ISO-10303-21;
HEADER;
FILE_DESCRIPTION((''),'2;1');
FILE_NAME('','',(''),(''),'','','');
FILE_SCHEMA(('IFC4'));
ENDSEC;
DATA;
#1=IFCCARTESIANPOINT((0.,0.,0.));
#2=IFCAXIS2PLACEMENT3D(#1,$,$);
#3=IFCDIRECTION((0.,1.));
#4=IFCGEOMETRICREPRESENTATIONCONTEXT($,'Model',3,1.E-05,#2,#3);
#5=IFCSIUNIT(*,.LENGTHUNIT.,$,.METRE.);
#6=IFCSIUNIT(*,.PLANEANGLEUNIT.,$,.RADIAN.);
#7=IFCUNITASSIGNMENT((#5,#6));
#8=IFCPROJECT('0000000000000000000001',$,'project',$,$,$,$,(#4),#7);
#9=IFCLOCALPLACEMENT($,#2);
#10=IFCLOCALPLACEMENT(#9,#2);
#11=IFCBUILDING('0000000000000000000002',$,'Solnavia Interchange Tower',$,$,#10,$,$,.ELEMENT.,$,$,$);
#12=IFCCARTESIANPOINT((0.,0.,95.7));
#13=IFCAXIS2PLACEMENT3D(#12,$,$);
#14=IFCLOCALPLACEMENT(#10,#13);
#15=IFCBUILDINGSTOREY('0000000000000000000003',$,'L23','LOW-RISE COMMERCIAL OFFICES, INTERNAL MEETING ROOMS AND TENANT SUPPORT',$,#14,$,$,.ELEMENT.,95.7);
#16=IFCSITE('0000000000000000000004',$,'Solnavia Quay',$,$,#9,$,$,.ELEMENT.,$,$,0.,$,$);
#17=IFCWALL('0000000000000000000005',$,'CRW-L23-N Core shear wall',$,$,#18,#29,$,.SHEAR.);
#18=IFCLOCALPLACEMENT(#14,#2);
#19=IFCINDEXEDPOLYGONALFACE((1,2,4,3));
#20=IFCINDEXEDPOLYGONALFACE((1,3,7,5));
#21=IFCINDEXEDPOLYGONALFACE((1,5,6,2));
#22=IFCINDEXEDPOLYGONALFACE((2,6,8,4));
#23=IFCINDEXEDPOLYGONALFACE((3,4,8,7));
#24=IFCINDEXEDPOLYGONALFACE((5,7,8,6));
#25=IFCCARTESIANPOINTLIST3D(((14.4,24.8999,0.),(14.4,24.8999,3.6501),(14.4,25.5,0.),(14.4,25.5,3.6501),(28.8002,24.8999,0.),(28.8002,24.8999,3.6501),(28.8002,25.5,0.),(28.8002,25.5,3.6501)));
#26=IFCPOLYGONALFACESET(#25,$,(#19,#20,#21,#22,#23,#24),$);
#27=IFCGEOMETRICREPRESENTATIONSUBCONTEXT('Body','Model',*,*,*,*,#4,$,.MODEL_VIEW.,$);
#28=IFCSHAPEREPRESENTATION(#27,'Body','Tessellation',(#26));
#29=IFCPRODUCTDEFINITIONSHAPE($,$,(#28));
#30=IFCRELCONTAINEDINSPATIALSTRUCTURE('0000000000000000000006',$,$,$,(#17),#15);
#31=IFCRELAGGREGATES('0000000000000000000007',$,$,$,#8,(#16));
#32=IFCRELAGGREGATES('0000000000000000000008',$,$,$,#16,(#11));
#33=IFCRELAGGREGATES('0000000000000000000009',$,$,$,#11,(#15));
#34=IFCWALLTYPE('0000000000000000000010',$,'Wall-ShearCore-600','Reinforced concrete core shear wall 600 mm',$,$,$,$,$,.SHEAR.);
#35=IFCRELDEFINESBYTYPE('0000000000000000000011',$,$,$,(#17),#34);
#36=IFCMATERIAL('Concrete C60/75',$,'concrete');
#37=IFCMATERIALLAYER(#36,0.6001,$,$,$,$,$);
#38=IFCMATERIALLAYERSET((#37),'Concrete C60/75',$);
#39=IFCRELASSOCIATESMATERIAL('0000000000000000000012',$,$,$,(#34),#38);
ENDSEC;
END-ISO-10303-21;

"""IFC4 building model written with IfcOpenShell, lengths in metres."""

from ifc_helpers import new_model, si_unit, direction, frame, frame_2d, origin, place, context, subcontext, project, spatial, rectangle, extrude, material, layer, layer_set, type_object, element, save


model = new_model("IFC4")

# Units and contexts
model_context = context("Model", 3, precision=1e-05, world=origin(), true_north=direction((0.0, 1.0)))
body_context = subcontext(model_context, "Body", "Model", "MODEL_VIEW")
ifc_project = project(units=[si_unit("LENGTHUNIT", "METRE"), si_unit("PLANEANGLEUNIT", "RADIAN")], contexts=[model_context])

# Site, building, storey
site_placement = place(None, origin())
site = spatial("IfcSite", under=ifc_project, at=site_placement, Name="Solnavia Quay", CompositionType="ELEMENT", RefElevation=0.0)
building_placement = place(site_placement, origin())
building = spatial("IfcBuilding", under=site, at=building_placement, Name="Solnavia Interchange Tower", CompositionType="ELEMENT")
storey_placement = place(building_placement, frame((0.0, 0.0, 95.7)))
storey = spatial("IfcBuildingStorey", under=building, at=storey_placement, Name="L23", Description="LOW-RISE COMMERCIAL OFFICES, INTERNAL MEETING ROOMS AND TENANT SUPPORT", CompositionType="ELEMENT", Elevation=95.7)

# Wall
ifc_material_1 = material(Name="Concrete C60/75", Category="concrete")
ifc_layer_1 = layer(ifc_material_1, 0.6001)
ifc_layer_set_1 = layer_set([ifc_layer_1], Name="Concrete C60/75")
wall_type_1 = type_object("IfcWallType", Name="Wall-ShearCore-600", Description="Reinforced concrete core shear wall 600 mm", PredefinedType="SHEAR", material=ifc_layer_set_1)
wall_1_placement = place(storey_placement, frame((14.3999, 25.2, 0.0), z_axis=(0.0, 0.0, 1.0), x_axis=(1.0, 0.0, 0.0)))
element("IfcWall", 1, at=wall_1_placement, inside=storey, type_object=wall_type_1, Name="CRW-L23-N Core shear wall", PredefinedType="SHEAR", context=body_context, shape_type="SweptSolid", body=[
    extrude(rectangle(XDim=14.4001, YDim=0.6001, at=frame_2d((7.2002, 0.0))), origin(), (0.0, 0.0, 1.0), 3.6501),
])

save(model, "model.ifc")
